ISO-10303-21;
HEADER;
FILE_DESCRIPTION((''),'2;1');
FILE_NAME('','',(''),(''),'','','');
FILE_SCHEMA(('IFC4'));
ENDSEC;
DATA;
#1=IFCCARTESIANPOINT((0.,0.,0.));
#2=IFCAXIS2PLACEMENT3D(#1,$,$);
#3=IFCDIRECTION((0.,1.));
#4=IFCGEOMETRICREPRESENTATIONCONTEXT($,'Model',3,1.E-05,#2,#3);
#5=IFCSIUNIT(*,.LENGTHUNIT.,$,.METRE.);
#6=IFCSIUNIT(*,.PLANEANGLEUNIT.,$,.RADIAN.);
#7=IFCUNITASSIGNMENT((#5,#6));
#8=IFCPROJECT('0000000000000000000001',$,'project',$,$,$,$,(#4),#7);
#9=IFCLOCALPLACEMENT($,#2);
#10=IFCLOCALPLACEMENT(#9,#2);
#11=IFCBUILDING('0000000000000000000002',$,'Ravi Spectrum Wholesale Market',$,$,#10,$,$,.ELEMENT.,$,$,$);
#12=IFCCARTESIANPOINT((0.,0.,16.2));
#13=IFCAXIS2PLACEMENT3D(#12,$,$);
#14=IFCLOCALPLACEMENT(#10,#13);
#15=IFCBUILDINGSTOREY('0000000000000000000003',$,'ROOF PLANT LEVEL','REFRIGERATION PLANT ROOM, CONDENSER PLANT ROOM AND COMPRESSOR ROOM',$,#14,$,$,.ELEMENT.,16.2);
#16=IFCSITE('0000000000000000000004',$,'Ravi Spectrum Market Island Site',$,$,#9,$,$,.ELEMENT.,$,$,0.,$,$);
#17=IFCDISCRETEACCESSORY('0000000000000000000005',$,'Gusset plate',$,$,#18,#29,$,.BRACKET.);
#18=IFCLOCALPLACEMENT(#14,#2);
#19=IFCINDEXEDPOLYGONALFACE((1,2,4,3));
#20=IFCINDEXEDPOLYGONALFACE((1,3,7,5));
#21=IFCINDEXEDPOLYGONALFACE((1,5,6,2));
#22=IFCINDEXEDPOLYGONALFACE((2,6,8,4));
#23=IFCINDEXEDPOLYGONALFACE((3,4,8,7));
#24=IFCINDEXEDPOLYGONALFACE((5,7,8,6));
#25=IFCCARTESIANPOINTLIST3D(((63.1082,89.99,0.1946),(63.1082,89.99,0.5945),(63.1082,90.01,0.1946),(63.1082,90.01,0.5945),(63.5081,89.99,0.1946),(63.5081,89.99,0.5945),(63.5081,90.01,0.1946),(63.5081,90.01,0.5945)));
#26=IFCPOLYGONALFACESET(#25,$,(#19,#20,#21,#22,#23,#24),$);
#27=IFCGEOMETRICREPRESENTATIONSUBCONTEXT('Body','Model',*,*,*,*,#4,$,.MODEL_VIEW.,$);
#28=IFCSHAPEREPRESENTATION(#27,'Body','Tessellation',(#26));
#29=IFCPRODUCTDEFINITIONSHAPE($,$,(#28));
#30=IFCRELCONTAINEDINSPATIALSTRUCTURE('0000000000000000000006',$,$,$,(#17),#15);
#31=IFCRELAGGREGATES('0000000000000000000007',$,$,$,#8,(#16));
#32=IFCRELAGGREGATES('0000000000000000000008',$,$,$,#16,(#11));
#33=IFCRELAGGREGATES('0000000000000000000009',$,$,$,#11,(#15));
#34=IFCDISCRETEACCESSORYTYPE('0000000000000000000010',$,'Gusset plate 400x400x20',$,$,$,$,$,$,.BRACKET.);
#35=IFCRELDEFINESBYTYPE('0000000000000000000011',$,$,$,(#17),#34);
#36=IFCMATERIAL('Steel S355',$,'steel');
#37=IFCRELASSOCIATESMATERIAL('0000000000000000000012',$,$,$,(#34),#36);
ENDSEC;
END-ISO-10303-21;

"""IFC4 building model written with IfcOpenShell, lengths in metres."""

from ifc_helpers import new_model, si_unit, direction, frame, origin, origin_2d, place, context, subcontext, project, spatial, rectangle, extrude, material, material_profile, profile_set, type_object, element, save


model = new_model("IFC4")

# Units and contexts
model_context = context("Model", 3, precision=1e-05, world=origin(), true_north=direction((0.0, 1.0)))
body_context = subcontext(model_context, "Body", "Model", "MODEL_VIEW")
ifc_project = project(units=[si_unit("LENGTHUNIT", "METRE"), si_unit("PLANEANGLEUNIT", "RADIAN")], contexts=[model_context])

# Site, building, storey
site_placement = place(None, origin())
site = spatial("IfcSite", under=ifc_project, at=site_placement, Name="Ravi Spectrum Market Island Site", CompositionType="ELEMENT", RefElevation=0.0)
building_placement = place(site_placement, origin())
building = spatial("IfcBuilding", under=site, at=building_placement, Name="Ravi Spectrum Wholesale Market", CompositionType="ELEMENT")
storey_placement = place(building_placement, frame((0.0, 0.0, 16.2)))
storey = spatial("IfcBuildingStorey", under=building, at=storey_placement, Name="ROOF PLANT LEVEL", Description="REFRIGERATION PLANT ROOM, CONDENSER PLANT ROOM AND COMPRESSOR ROOM", CompositionType="ELEMENT", Elevation=16.2)

# Discrete accessory
ifc_material_1 = material(Name="Steel S355", Category="steel")
ifc_material_profile_1 = material_profile(ifc_material_1, rectangle(XDim=0.3999, YDim=0.02, at=origin_2d()))
ifc_profile_set_1 = profile_set([ifc_material_profile_1], Name="Steel S355")
discrete_accessory_type_1 = type_object("IfcDiscreteAccessoryType", Name="Gusset plate 400x400x20", PredefinedType="BRACKET", material=ifc_profile_set_1)
discrete_accessory_1_placement = place(storey_placement, frame((63.3081, 90.0, 0.1946), z_axis=(0.0, 0.0, 1.0), x_axis=(1.0, 0.0, 0.0)))
element("IfcDiscreteAccessory", 1, at=discrete_accessory_1_placement, inside=storey, type_object=discrete_accessory_type_1, Name="Gusset plate", PredefinedType="BRACKET", context=body_context, shape_type="SweptSolid", body=[
    extrude(rectangle(XDim=0.3999, YDim=0.02, at=origin_2d()), origin(), (0.0, 0.0, 1.0), 0.3999),
])

save(model, "model.ifc")
